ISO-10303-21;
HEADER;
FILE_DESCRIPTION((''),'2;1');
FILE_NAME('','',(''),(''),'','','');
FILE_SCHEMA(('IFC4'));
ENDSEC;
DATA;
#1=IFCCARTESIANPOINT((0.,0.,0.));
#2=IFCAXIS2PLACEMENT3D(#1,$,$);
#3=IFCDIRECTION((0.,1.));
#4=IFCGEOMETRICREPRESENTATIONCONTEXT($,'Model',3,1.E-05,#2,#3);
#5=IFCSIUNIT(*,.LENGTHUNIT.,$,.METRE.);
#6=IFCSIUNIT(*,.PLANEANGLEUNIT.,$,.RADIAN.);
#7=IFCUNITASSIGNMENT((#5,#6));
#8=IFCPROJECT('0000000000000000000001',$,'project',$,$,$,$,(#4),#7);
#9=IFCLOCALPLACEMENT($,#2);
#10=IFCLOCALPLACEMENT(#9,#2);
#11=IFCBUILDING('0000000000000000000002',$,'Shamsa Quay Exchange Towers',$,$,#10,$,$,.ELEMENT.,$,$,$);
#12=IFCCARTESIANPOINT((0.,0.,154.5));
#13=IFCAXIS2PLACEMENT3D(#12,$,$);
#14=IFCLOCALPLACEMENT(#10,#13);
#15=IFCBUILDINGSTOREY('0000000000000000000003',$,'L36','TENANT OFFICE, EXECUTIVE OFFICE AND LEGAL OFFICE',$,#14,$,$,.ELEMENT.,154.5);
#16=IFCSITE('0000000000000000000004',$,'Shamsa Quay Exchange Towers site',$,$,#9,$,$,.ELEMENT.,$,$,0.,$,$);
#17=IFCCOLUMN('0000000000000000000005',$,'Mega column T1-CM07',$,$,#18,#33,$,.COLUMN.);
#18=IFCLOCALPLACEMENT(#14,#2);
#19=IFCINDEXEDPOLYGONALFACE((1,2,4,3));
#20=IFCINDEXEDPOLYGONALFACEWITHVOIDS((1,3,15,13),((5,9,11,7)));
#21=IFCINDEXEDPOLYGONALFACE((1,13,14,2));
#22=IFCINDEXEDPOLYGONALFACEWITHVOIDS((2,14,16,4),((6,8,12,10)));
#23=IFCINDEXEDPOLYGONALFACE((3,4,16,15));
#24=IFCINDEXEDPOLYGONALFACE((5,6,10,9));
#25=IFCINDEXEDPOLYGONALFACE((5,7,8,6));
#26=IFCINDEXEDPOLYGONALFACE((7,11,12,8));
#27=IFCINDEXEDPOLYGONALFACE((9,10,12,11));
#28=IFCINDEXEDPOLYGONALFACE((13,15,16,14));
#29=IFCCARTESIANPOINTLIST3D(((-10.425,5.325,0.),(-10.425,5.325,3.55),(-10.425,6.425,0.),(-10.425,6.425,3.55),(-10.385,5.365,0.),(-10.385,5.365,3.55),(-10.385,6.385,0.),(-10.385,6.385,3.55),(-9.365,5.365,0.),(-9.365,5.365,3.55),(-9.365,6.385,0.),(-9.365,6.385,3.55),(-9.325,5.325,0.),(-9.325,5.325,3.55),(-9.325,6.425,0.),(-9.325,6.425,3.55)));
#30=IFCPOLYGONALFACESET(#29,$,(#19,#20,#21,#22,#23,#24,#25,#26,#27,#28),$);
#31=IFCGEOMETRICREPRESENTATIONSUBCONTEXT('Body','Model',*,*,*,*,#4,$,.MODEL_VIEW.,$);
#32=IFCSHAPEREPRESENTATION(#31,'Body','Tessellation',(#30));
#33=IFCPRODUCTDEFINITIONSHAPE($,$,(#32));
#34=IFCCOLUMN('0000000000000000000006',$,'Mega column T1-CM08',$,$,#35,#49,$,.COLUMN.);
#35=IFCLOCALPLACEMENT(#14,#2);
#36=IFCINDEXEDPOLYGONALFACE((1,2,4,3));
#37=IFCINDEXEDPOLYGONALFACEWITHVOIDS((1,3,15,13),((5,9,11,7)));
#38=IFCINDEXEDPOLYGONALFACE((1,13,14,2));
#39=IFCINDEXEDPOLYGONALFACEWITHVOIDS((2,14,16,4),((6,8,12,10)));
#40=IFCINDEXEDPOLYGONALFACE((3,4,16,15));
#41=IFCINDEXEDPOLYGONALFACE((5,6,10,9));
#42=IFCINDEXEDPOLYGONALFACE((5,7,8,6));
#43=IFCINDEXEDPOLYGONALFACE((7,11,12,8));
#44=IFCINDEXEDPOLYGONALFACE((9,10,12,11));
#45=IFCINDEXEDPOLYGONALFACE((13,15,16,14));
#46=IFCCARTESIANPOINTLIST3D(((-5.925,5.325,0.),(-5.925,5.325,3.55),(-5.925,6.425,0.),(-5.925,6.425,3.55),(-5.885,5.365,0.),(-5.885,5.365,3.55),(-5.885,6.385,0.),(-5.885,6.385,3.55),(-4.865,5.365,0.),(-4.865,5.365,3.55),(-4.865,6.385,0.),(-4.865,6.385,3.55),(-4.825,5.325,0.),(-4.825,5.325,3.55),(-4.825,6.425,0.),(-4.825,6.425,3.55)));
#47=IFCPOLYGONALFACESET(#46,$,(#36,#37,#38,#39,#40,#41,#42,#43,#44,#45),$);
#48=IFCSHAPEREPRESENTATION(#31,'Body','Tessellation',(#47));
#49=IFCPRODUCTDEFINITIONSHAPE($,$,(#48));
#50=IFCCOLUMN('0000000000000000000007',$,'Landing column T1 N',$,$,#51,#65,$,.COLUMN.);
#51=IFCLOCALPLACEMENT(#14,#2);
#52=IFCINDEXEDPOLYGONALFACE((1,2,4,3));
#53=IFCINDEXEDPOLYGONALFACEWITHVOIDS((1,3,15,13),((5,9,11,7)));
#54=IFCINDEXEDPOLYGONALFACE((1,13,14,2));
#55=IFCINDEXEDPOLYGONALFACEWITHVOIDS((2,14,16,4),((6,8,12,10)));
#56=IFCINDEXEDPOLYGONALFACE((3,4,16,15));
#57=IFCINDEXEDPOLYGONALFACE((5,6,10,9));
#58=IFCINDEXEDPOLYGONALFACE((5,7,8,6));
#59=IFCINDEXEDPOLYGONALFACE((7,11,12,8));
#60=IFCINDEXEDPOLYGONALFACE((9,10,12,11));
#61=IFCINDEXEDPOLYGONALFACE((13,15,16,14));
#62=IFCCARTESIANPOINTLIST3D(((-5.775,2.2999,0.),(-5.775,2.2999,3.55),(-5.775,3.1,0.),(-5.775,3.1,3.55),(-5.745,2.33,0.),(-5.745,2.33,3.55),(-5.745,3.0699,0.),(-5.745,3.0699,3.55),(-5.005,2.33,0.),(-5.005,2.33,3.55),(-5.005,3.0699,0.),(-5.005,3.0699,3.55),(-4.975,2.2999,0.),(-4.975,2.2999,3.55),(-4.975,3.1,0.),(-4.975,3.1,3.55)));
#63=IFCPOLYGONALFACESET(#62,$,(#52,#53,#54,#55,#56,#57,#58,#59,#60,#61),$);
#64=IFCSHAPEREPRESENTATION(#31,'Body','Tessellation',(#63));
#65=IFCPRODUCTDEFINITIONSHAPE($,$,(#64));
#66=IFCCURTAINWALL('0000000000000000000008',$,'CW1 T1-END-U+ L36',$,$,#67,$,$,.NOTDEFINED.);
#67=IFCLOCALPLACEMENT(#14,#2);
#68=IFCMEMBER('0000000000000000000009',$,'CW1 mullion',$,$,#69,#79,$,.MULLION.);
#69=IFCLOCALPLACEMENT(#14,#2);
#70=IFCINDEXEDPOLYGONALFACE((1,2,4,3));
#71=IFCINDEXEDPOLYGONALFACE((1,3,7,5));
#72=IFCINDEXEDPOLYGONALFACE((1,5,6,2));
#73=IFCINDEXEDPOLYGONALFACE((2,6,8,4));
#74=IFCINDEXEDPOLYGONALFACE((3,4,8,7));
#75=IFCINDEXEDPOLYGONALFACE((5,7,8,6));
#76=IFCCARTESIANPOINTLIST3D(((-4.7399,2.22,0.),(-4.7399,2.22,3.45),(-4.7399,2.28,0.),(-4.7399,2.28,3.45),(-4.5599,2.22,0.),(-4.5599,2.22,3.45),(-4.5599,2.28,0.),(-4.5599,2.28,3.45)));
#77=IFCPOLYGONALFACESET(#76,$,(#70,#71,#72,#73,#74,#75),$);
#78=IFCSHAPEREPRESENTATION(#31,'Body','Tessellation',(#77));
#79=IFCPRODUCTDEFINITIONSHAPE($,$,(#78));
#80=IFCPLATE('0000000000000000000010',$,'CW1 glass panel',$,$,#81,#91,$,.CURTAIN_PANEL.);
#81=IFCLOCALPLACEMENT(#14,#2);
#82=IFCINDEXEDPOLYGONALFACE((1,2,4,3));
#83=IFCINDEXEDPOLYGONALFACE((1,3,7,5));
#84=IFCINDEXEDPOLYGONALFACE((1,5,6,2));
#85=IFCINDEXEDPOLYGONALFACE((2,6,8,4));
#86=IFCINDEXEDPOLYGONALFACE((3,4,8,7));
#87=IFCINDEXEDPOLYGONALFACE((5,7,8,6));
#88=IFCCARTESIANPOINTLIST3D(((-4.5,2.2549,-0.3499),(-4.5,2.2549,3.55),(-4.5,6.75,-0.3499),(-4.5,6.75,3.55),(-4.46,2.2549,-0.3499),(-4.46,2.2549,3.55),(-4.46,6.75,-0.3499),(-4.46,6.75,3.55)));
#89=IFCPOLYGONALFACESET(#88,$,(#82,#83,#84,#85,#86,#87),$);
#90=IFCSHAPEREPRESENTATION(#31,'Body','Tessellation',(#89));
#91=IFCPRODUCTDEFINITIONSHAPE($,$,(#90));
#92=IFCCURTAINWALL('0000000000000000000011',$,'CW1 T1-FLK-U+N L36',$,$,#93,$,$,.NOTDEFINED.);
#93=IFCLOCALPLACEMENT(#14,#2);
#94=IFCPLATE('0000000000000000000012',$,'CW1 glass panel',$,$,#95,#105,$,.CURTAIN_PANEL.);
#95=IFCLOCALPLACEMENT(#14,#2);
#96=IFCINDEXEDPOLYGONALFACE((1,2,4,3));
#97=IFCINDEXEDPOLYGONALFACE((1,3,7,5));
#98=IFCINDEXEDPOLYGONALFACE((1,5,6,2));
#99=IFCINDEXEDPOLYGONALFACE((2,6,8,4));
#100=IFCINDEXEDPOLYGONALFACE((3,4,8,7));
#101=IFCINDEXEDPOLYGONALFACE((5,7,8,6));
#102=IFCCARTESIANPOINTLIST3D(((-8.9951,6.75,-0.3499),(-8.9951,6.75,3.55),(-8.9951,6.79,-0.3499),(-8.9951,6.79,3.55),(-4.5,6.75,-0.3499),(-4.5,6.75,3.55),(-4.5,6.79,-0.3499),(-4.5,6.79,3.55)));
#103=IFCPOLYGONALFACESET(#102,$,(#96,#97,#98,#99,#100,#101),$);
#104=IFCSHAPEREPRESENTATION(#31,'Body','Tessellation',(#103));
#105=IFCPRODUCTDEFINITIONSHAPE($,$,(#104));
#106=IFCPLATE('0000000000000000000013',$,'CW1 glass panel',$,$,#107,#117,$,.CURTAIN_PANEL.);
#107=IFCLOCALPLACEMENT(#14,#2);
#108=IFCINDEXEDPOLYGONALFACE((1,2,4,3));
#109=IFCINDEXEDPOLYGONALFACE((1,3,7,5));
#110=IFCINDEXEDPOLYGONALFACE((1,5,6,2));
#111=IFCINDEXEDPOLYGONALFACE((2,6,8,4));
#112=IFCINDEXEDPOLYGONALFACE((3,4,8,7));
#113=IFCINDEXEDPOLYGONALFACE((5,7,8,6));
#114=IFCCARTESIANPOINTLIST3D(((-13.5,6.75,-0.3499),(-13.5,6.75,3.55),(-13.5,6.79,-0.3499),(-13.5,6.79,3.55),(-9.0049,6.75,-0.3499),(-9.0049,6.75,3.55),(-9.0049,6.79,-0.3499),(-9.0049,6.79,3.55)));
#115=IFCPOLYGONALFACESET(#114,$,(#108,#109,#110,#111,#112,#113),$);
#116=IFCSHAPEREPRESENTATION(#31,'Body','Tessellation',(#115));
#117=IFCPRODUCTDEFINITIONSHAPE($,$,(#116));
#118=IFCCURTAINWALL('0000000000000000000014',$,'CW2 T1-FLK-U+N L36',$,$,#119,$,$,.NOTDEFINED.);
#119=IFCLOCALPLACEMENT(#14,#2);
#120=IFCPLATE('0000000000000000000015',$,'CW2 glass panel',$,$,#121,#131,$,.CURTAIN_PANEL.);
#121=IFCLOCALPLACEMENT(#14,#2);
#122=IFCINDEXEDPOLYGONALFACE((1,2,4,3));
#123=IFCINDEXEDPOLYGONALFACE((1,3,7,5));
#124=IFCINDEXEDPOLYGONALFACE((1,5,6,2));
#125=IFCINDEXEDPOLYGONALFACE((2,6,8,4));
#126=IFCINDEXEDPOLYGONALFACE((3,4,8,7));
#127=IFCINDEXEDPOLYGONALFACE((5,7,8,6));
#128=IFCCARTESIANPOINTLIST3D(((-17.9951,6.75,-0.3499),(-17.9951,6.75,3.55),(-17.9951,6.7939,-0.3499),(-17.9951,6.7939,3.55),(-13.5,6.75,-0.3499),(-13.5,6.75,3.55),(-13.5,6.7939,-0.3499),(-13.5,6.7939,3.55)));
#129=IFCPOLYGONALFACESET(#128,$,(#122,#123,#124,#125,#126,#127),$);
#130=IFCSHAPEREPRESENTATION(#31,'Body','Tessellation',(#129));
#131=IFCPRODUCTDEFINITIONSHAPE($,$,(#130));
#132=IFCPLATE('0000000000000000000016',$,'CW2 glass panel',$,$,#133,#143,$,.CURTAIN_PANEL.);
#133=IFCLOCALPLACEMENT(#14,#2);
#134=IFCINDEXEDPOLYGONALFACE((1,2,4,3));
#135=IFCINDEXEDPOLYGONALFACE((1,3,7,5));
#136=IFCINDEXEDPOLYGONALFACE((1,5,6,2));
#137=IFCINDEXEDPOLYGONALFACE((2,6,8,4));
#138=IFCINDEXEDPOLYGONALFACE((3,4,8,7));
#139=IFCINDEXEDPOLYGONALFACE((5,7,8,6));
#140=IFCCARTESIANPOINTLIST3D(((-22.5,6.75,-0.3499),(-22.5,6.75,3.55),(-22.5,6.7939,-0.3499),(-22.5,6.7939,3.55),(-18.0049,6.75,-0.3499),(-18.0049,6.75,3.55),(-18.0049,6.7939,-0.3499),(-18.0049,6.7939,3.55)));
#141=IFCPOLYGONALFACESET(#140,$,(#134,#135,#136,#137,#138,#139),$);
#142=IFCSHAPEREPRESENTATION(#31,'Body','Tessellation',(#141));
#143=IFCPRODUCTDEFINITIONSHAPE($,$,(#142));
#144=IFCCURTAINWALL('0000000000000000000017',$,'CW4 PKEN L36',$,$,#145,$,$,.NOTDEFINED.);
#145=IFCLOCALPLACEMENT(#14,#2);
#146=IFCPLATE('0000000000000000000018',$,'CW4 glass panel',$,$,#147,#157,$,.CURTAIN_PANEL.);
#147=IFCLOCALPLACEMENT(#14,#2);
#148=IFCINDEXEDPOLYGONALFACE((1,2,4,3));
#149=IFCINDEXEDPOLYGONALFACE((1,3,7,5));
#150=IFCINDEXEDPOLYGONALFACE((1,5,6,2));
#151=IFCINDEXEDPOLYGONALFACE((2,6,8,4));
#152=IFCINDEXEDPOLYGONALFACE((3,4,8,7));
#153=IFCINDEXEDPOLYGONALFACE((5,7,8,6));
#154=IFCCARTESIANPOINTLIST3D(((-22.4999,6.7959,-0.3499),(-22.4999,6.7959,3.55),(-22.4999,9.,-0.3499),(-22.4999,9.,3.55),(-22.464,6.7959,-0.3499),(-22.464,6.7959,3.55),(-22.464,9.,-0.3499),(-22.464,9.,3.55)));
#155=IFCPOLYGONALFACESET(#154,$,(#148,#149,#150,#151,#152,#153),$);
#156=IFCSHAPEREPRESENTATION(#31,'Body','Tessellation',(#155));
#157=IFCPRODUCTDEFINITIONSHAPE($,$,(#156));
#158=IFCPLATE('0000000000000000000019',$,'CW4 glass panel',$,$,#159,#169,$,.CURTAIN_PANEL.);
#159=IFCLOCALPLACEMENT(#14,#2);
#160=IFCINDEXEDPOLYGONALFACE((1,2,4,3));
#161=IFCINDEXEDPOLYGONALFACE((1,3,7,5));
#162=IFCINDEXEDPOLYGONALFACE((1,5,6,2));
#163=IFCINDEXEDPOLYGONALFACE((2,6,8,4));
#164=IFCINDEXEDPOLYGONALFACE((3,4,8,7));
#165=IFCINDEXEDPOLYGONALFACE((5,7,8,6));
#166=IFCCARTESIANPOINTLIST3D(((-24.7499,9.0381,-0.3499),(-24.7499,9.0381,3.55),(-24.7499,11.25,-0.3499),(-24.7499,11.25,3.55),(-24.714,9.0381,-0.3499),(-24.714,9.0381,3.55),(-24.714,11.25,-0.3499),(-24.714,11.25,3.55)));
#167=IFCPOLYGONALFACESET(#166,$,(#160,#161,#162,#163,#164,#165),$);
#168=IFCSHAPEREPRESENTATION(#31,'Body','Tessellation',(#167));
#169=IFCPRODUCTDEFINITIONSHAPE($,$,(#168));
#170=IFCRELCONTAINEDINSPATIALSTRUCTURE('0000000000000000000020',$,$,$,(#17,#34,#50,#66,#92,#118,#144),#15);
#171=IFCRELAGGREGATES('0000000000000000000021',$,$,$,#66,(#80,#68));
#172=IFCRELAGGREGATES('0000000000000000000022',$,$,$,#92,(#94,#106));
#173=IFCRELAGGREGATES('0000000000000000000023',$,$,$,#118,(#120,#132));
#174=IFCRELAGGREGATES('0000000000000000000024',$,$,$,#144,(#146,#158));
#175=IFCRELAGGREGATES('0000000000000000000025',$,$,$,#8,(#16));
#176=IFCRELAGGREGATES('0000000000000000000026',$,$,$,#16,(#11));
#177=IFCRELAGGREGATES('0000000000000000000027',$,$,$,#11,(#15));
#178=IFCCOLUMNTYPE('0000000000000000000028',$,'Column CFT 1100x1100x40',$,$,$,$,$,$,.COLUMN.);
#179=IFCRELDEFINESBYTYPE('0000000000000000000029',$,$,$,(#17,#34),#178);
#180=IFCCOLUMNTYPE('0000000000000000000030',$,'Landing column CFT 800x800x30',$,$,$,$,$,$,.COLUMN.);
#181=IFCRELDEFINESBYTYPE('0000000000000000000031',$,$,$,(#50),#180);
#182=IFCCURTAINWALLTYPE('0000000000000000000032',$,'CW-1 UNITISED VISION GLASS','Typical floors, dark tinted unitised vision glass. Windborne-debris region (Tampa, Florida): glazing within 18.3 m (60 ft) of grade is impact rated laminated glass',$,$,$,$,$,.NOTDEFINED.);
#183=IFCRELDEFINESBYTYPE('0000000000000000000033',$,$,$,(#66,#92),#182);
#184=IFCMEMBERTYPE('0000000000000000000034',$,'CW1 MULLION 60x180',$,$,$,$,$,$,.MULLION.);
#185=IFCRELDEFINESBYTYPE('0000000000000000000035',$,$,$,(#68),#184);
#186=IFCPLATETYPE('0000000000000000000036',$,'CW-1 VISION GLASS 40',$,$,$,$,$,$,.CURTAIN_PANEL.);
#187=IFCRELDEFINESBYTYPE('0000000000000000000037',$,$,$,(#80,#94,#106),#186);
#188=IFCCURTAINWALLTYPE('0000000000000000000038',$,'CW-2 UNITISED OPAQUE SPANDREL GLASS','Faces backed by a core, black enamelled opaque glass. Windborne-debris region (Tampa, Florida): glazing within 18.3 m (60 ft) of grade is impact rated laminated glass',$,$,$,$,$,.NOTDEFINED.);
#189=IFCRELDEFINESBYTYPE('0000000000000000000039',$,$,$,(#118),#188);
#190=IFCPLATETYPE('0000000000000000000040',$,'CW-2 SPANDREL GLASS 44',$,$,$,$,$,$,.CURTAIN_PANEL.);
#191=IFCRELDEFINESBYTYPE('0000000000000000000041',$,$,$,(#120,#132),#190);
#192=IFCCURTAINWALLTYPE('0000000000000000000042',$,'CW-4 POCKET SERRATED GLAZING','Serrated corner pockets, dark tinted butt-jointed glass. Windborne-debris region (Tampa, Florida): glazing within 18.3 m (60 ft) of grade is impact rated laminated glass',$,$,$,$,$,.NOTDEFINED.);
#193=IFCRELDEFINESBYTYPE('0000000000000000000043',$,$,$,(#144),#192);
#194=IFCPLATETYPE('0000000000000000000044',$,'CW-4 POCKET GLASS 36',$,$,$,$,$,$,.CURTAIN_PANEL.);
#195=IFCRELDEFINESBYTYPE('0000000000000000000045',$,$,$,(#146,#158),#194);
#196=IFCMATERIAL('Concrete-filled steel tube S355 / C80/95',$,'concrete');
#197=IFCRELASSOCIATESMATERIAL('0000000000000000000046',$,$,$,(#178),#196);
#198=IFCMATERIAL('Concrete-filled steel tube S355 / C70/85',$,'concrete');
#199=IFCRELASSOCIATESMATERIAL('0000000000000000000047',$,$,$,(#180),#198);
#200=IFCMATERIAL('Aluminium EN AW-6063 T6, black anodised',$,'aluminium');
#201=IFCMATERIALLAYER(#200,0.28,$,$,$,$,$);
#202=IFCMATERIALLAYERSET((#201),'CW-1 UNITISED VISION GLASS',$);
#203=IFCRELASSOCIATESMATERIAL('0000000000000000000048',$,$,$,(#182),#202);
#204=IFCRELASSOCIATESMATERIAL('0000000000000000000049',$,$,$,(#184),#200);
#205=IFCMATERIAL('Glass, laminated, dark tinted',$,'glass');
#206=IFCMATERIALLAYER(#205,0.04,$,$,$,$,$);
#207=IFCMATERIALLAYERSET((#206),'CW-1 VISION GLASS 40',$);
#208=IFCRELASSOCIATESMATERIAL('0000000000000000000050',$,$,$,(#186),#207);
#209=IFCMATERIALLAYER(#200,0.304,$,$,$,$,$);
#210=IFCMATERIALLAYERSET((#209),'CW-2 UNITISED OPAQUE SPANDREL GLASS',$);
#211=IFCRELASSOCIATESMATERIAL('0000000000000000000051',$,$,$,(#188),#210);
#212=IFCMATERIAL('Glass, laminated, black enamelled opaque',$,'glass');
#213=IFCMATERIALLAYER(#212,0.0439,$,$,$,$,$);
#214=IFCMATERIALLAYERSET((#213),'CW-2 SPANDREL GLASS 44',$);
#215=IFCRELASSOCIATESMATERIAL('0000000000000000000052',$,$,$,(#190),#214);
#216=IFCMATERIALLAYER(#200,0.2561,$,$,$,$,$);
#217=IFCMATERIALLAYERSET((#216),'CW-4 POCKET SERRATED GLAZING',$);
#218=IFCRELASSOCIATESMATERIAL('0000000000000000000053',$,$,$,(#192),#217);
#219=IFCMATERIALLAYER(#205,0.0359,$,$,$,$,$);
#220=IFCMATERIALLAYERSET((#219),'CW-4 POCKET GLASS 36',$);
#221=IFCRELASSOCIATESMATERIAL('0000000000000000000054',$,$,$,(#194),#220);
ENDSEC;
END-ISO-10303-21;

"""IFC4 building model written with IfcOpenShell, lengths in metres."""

from ifc_helpers import new_model, si_unit, direction, frame, origin, origin_2d, place, context, subcontext, project, spatial, rectangle, hollow_rectangle, extrude, material, layer, layer_set, material_profile, profile_set, type_object, element, aggregate, save


model = new_model("IFC4")

# Units and contexts
model_context = context("Model", 3, precision=1e-05, world=origin(), true_north=direction((0.0, 1.0)))
body_context = subcontext(model_context, "Body", "Model", "MODEL_VIEW")
ifc_project = project(units=[si_unit("LENGTHUNIT", "METRE"), si_unit("PLANEANGLEUNIT", "RADIAN")], contexts=[model_context])

# Site, building, storey
site_placement = place(None, origin())
site = spatial("IfcSite", under=ifc_project, at=site_placement, Name="Shamsa Quay Exchange Towers site", CompositionType="ELEMENT", RefElevation=0.0)
building_placement = place(site_placement, origin())
building = spatial("IfcBuilding", under=site, at=building_placement, Name="Shamsa Quay Exchange Towers", CompositionType="ELEMENT")
storey_placement = place(building_placement, frame((0.0, 0.0, 154.5)))
storey = spatial("IfcBuildingStorey", under=building, at=storey_placement, Name="L36", Description="TENANT OFFICE, EXECUTIVE OFFICE AND LEGAL OFFICE", CompositionType="ELEMENT", Elevation=154.5)

# Columns
ifc_material_1 = material(Name="Concrete-filled steel tube S355 / C80/95", Category="concrete")
ifc_material_profile_1 = material_profile(ifc_material_1, hollow_rectangle(XDim=1.1001, YDim=1.1001, WallThickness=0.04, at=origin_2d()), Name="CFT 1100x1100x40")
ifc_profile_set_1 = profile_set([ifc_material_profile_1], Name="Concrete-filled steel tube S355 / C80/95")
column_type_1 = type_object("IfcColumnType", Name="Column CFT 1100x1100x40", PredefinedType="COLUMN", material=ifc_profile_set_1)
for number, where, name in (
    (1, (-9.875, 5.875, 0.0), "Mega column T1-CM07"),
    (2, (-5.375, 5.875, 0.0), "Mega column T1-CM08"),
):
    element("IfcColumn", number, at=place(storey_placement, frame(where)), inside=storey, type_object=column_type_1, Name=name, PredefinedType="COLUMN", context=body_context, shape_type="SweptSolid", body=[
        extrude(hollow_rectangle(XDim=1.1001, YDim=1.1001, WallThickness=0.04, at=origin_2d()), origin(), (0.0, 0.0, 1.0), 3.55),
    ])
ifc_material_2 = material(Name="Concrete-filled steel tube S355 / C70/85", Category="concrete")
ifc_material_profile_2 = material_profile(ifc_material_2, hollow_rectangle(XDim=0.8, YDim=0.8, WallThickness=0.03, at=origin_2d()), Name="CFT 800x800x30")
ifc_profile_set_2 = profile_set([ifc_material_profile_2], Name="Concrete-filled steel tube S355 / C70/85")
column_type_2 = type_object("IfcColumnType", Name="Landing column CFT 800x800x30", PredefinedType="COLUMN", material=ifc_profile_set_2)
column_placement = place(storey_placement, frame((-5.375, 2.7, 0.0)))
element("IfcColumn", 3, at=column_placement, inside=storey, type_object=column_type_2, Name="Landing column T1 N", PredefinedType="COLUMN", context=body_context, shape_type="SweptSolid", body=[
    extrude(hollow_rectangle(XDim=0.8, YDim=0.8, WallThickness=0.03, at=origin_2d()), origin(), (0.0, 0.0, 1.0), 3.55),
])

# Curtain wall, member, plate
ifc_material_3 = material(Name="Aluminium EN AW-6063 T6, black anodised", Category="aluminium")
ifc_layer_1 = layer(ifc_material_3, 0.28)
ifc_layer_set_1 = layer_set([ifc_layer_1], Name="CW-1 UNITISED VISION GLASS")
curtain_wall_type_1 = type_object("IfcCurtainWallType", Name="CW-1 UNITISED VISION GLASS", Description="Typical floors, dark tinted unitised vision glass. Windborne-debris region (Tampa, Florida): glazing within 18.3 m (60 ft) of grade is impact rated laminated glass", PredefinedType="NOTDEFINED", material=ifc_layer_set_1)
curtain_wall_1_placement = place(storey_placement, origin())
curtain_wall_1 = element("IfcCurtainWall", 4, at=curtain_wall_1_placement, inside=storey, type_object=curtain_wall_type_1, Name="CW1 T1-END-U+ L36", PredefinedType="NOTDEFINED")
ifc_material_profile_3 = material_profile(ifc_material_3, rectangle(XDim=0.1799, YDim=0.0601, at=origin_2d()), Name="MU60x180")
ifc_profile_set_3 = profile_set([ifc_material_profile_3], Name="Aluminium EN AW-6063 T6, black anodised")
member_type = type_object("IfcMemberType", Name="CW1 MULLION 60x180", PredefinedType="MULLION", material=ifc_profile_set_3)
member_placement = place(storey_placement, frame((-4.6499, 2.25, 0.0), z_axis=(0.0, 0.0, 1.0), x_axis=(-1.0, 0.0, 0.0)))
member = element("IfcMember", 5, at=member_placement, type_object=member_type, Name="CW1 mullion", PredefinedType="MULLION", context=body_context, shape_type="SweptSolid", body=[
    extrude(rectangle(XDim=0.1799, YDim=0.0601, at=origin_2d()), origin(), (0.0, 0.0, 1.0), 3.45),
])
ifc_material_4 = material(Name="Glass, laminated, dark tinted", Category="glass")
ifc_layer_2 = layer(ifc_material_4, 0.04)
ifc_layer_set_2 = layer_set([ifc_layer_2], Name="CW-1 VISION GLASS 40")
plate_type_1 = type_object("IfcPlateType", Name="CW-1 VISION GLASS 40", PredefinedType="CURTAIN_PANEL", material=ifc_layer_set_2)
plate_1_placement = place(storey_placement, frame((-4.48, 4.5024, -0.3499), z_axis=(0.0, 0.0, 1.0), x_axis=(0.0, 1.0, 0.0)))
plate_1 = element("IfcPlate", 6, at=plate_1_placement, type_object=plate_type_1, Name="CW1 glass panel", PredefinedType="CURTAIN_PANEL", context=body_context, shape_type="SweptSolid", body=[
    extrude(rectangle(XDim=4.4951, YDim=0.04, at=origin_2d()), origin(), (0.0, 0.0, 1.0), 3.8999),
])
aggregate(curtain_wall_1, [plate_1, member])

# Curtain walls, plates
curtain_wall_2_placement = place(storey_placement, origin())
curtain_wall_2 = element("IfcCurtainWall", 7, at=curtain_wall_2_placement, inside=storey, type_object=curtain_wall_type_1, Name="CW1 T1-FLK-U+N L36", PredefinedType="NOTDEFINED")
plate_2_placement = place(storey_placement, frame((-6.7476, 6.77, -0.3499), z_axis=(0.0, 0.0, 1.0), x_axis=(-1.0, 0.0, 0.0)))
plate_2 = element("IfcPlate", 8, at=plate_2_placement, type_object=plate_type_1, Name="CW1 glass panel", PredefinedType="CURTAIN_PANEL", context=body_context, shape_type="SweptSolid", body=[
    extrude(rectangle(XDim=4.4951, YDim=0.04, at=origin_2d()), origin(), (0.0, 0.0, 1.0), 3.8999),
])
plate_3_placement = place(storey_placement, frame((-11.2524, 6.77, -0.3499), z_axis=(0.0, 0.0, 1.0), x_axis=(-1.0, 0.0, 0.0)))
plate_3 = element("IfcPlate", 9, at=plate_3_placement, type_object=plate_type_1, Name="CW1 glass panel", PredefinedType="CURTAIN_PANEL", context=body_context, shape_type="SweptSolid", body=[
    extrude(rectangle(XDim=4.4951, YDim=0.04, at=origin_2d()), origin(), (0.0, 0.0, 1.0), 3.8999),
])
aggregate(curtain_wall_2, [plate_2, plate_3])
ifc_layer_3 = layer(ifc_material_3, 0.304)
ifc_layer_set_3 = layer_set([ifc_layer_3], Name="CW-2 UNITISED OPAQUE SPANDREL GLASS")
curtain_wall_type_2 = type_object("IfcCurtainWallType", Name="CW-2 UNITISED OPAQUE SPANDREL GLASS", Description="Faces backed by a core, black enamelled opaque glass. Windborne-debris region (Tampa, Florida): glazing within 18.3 m (60 ft) of grade is impact rated laminated glass", PredefinedType="NOTDEFINED", material=ifc_layer_set_3)
curtain_wall_3_placement = place(storey_placement, origin())
curtain_wall_3 = element("IfcCurtainWall", 10, at=curtain_wall_3_placement, inside=storey, type_object=curtain_wall_type_2, Name="CW2 T1-FLK-U+N L36", PredefinedType="NOTDEFINED")
ifc_material_5 = material(Name="Glass, laminated, black enamelled opaque", Category="glass")
ifc_layer_4 = layer(ifc_material_5, 0.0439)
ifc_layer_set_4 = layer_set([ifc_layer_4], Name="CW-2 SPANDREL GLASS 44")
plate_type_2 = type_object("IfcPlateType", Name="CW-2 SPANDREL GLASS 44", PredefinedType="CURTAIN_PANEL", material=ifc_layer_set_4)
plate_4_placement = place(storey_placement, frame((-15.7476, 6.772, -0.3499), z_axis=(0.0, 0.0, 1.0), x_axis=(-1.0, 0.0, 0.0)))
plate_4 = element("IfcPlate", 11, at=plate_4_placement, type_object=plate_type_2, Name="CW2 glass panel", PredefinedType="CURTAIN_PANEL", context=body_context, shape_type="SweptSolid", body=[
    extrude(rectangle(XDim=4.4951, YDim=0.0439, at=origin_2d()), origin(), (0.0, 0.0, 1.0), 3.8999),
])
plate_5_placement = place(storey_placement, frame((-20.2524, 6.772, -0.3499), z_axis=(0.0, 0.0, 1.0), x_axis=(-1.0, 0.0, 0.0)))
plate_5 = element("IfcPlate", 12, at=plate_5_placement, type_object=plate_type_2, Name="CW2 glass panel", PredefinedType="CURTAIN_PANEL", context=body_context, shape_type="SweptSolid", body=[
    extrude(rectangle(XDim=4.4951, YDim=0.0439, at=origin_2d()), origin(), (0.0, 0.0, 1.0), 3.8999),
])
aggregate(curtain_wall_3, [plate_4, plate_5])
ifc_layer_5 = layer(ifc_material_3, 0.2561)
ifc_layer_set_5 = layer_set([ifc_layer_5], Name="CW-4 POCKET SERRATED GLAZING")
curtain_wall_type_3 = type_object("IfcCurtainWallType", Name="CW-4 POCKET SERRATED GLAZING", Description="Serrated corner pockets, dark tinted butt-jointed glass. Windborne-debris region (Tampa, Florida): glazing within 18.3 m (60 ft) of grade is impact rated laminated glass", PredefinedType="NOTDEFINED", material=ifc_layer_set_5)
curtain_wall_4_placement = place(storey_placement, origin())
curtain_wall_4 = element("IfcCurtainWall", 13, at=curtain_wall_4_placement, inside=storey, type_object=curtain_wall_type_3, Name="CW4 PKEN L36", PredefinedType="NOTDEFINED")
ifc_layer_6 = layer(ifc_material_4, 0.0359)
ifc_layer_set_6 = layer_set([ifc_layer_6], Name="CW-4 POCKET GLASS 36")
plate_type_3 = type_object("IfcPlateType", Name="CW-4 POCKET GLASS 36", PredefinedType="CURTAIN_PANEL", material=ifc_layer_set_6)
plate_6_placement = place(storey_placement, frame((-22.4819, 7.8979, -0.3499), z_axis=(0.0, 0.0, 1.0), x_axis=(0.0, 1.0, 0.0)))
plate_6 = element("IfcPlate", 14, at=plate_6_placement, type_object=plate_type_3, Name="CW4 glass panel", PredefinedType="CURTAIN_PANEL", context=body_context, shape_type="SweptSolid", body=[
    extrude(rectangle(XDim=2.2041, YDim=0.0359, at=origin_2d()), origin(), (0.0, 0.0, 1.0), 3.8999),
])
plate_7_placement = place(storey_placement, frame((-24.7319, 10.144, -0.3499), z_axis=(0.0, 0.0, 1.0), x_axis=(0.0, 1.0, 0.0)))
plate_7 = element("IfcPlate", 15, at=plate_7_placement, type_object=plate_type_3, Name="CW4 glass panel", PredefinedType="CURTAIN_PANEL", context=body_context, shape_type="SweptSolid", body=[
    extrude(rectangle(XDim=2.2119, YDim=0.0359, at=origin_2d()), origin(), (0.0, 0.0, 1.0), 3.8999),
])
aggregate(curtain_wall_4, [plate_6, plate_7])

save(model, "model.ifc")
